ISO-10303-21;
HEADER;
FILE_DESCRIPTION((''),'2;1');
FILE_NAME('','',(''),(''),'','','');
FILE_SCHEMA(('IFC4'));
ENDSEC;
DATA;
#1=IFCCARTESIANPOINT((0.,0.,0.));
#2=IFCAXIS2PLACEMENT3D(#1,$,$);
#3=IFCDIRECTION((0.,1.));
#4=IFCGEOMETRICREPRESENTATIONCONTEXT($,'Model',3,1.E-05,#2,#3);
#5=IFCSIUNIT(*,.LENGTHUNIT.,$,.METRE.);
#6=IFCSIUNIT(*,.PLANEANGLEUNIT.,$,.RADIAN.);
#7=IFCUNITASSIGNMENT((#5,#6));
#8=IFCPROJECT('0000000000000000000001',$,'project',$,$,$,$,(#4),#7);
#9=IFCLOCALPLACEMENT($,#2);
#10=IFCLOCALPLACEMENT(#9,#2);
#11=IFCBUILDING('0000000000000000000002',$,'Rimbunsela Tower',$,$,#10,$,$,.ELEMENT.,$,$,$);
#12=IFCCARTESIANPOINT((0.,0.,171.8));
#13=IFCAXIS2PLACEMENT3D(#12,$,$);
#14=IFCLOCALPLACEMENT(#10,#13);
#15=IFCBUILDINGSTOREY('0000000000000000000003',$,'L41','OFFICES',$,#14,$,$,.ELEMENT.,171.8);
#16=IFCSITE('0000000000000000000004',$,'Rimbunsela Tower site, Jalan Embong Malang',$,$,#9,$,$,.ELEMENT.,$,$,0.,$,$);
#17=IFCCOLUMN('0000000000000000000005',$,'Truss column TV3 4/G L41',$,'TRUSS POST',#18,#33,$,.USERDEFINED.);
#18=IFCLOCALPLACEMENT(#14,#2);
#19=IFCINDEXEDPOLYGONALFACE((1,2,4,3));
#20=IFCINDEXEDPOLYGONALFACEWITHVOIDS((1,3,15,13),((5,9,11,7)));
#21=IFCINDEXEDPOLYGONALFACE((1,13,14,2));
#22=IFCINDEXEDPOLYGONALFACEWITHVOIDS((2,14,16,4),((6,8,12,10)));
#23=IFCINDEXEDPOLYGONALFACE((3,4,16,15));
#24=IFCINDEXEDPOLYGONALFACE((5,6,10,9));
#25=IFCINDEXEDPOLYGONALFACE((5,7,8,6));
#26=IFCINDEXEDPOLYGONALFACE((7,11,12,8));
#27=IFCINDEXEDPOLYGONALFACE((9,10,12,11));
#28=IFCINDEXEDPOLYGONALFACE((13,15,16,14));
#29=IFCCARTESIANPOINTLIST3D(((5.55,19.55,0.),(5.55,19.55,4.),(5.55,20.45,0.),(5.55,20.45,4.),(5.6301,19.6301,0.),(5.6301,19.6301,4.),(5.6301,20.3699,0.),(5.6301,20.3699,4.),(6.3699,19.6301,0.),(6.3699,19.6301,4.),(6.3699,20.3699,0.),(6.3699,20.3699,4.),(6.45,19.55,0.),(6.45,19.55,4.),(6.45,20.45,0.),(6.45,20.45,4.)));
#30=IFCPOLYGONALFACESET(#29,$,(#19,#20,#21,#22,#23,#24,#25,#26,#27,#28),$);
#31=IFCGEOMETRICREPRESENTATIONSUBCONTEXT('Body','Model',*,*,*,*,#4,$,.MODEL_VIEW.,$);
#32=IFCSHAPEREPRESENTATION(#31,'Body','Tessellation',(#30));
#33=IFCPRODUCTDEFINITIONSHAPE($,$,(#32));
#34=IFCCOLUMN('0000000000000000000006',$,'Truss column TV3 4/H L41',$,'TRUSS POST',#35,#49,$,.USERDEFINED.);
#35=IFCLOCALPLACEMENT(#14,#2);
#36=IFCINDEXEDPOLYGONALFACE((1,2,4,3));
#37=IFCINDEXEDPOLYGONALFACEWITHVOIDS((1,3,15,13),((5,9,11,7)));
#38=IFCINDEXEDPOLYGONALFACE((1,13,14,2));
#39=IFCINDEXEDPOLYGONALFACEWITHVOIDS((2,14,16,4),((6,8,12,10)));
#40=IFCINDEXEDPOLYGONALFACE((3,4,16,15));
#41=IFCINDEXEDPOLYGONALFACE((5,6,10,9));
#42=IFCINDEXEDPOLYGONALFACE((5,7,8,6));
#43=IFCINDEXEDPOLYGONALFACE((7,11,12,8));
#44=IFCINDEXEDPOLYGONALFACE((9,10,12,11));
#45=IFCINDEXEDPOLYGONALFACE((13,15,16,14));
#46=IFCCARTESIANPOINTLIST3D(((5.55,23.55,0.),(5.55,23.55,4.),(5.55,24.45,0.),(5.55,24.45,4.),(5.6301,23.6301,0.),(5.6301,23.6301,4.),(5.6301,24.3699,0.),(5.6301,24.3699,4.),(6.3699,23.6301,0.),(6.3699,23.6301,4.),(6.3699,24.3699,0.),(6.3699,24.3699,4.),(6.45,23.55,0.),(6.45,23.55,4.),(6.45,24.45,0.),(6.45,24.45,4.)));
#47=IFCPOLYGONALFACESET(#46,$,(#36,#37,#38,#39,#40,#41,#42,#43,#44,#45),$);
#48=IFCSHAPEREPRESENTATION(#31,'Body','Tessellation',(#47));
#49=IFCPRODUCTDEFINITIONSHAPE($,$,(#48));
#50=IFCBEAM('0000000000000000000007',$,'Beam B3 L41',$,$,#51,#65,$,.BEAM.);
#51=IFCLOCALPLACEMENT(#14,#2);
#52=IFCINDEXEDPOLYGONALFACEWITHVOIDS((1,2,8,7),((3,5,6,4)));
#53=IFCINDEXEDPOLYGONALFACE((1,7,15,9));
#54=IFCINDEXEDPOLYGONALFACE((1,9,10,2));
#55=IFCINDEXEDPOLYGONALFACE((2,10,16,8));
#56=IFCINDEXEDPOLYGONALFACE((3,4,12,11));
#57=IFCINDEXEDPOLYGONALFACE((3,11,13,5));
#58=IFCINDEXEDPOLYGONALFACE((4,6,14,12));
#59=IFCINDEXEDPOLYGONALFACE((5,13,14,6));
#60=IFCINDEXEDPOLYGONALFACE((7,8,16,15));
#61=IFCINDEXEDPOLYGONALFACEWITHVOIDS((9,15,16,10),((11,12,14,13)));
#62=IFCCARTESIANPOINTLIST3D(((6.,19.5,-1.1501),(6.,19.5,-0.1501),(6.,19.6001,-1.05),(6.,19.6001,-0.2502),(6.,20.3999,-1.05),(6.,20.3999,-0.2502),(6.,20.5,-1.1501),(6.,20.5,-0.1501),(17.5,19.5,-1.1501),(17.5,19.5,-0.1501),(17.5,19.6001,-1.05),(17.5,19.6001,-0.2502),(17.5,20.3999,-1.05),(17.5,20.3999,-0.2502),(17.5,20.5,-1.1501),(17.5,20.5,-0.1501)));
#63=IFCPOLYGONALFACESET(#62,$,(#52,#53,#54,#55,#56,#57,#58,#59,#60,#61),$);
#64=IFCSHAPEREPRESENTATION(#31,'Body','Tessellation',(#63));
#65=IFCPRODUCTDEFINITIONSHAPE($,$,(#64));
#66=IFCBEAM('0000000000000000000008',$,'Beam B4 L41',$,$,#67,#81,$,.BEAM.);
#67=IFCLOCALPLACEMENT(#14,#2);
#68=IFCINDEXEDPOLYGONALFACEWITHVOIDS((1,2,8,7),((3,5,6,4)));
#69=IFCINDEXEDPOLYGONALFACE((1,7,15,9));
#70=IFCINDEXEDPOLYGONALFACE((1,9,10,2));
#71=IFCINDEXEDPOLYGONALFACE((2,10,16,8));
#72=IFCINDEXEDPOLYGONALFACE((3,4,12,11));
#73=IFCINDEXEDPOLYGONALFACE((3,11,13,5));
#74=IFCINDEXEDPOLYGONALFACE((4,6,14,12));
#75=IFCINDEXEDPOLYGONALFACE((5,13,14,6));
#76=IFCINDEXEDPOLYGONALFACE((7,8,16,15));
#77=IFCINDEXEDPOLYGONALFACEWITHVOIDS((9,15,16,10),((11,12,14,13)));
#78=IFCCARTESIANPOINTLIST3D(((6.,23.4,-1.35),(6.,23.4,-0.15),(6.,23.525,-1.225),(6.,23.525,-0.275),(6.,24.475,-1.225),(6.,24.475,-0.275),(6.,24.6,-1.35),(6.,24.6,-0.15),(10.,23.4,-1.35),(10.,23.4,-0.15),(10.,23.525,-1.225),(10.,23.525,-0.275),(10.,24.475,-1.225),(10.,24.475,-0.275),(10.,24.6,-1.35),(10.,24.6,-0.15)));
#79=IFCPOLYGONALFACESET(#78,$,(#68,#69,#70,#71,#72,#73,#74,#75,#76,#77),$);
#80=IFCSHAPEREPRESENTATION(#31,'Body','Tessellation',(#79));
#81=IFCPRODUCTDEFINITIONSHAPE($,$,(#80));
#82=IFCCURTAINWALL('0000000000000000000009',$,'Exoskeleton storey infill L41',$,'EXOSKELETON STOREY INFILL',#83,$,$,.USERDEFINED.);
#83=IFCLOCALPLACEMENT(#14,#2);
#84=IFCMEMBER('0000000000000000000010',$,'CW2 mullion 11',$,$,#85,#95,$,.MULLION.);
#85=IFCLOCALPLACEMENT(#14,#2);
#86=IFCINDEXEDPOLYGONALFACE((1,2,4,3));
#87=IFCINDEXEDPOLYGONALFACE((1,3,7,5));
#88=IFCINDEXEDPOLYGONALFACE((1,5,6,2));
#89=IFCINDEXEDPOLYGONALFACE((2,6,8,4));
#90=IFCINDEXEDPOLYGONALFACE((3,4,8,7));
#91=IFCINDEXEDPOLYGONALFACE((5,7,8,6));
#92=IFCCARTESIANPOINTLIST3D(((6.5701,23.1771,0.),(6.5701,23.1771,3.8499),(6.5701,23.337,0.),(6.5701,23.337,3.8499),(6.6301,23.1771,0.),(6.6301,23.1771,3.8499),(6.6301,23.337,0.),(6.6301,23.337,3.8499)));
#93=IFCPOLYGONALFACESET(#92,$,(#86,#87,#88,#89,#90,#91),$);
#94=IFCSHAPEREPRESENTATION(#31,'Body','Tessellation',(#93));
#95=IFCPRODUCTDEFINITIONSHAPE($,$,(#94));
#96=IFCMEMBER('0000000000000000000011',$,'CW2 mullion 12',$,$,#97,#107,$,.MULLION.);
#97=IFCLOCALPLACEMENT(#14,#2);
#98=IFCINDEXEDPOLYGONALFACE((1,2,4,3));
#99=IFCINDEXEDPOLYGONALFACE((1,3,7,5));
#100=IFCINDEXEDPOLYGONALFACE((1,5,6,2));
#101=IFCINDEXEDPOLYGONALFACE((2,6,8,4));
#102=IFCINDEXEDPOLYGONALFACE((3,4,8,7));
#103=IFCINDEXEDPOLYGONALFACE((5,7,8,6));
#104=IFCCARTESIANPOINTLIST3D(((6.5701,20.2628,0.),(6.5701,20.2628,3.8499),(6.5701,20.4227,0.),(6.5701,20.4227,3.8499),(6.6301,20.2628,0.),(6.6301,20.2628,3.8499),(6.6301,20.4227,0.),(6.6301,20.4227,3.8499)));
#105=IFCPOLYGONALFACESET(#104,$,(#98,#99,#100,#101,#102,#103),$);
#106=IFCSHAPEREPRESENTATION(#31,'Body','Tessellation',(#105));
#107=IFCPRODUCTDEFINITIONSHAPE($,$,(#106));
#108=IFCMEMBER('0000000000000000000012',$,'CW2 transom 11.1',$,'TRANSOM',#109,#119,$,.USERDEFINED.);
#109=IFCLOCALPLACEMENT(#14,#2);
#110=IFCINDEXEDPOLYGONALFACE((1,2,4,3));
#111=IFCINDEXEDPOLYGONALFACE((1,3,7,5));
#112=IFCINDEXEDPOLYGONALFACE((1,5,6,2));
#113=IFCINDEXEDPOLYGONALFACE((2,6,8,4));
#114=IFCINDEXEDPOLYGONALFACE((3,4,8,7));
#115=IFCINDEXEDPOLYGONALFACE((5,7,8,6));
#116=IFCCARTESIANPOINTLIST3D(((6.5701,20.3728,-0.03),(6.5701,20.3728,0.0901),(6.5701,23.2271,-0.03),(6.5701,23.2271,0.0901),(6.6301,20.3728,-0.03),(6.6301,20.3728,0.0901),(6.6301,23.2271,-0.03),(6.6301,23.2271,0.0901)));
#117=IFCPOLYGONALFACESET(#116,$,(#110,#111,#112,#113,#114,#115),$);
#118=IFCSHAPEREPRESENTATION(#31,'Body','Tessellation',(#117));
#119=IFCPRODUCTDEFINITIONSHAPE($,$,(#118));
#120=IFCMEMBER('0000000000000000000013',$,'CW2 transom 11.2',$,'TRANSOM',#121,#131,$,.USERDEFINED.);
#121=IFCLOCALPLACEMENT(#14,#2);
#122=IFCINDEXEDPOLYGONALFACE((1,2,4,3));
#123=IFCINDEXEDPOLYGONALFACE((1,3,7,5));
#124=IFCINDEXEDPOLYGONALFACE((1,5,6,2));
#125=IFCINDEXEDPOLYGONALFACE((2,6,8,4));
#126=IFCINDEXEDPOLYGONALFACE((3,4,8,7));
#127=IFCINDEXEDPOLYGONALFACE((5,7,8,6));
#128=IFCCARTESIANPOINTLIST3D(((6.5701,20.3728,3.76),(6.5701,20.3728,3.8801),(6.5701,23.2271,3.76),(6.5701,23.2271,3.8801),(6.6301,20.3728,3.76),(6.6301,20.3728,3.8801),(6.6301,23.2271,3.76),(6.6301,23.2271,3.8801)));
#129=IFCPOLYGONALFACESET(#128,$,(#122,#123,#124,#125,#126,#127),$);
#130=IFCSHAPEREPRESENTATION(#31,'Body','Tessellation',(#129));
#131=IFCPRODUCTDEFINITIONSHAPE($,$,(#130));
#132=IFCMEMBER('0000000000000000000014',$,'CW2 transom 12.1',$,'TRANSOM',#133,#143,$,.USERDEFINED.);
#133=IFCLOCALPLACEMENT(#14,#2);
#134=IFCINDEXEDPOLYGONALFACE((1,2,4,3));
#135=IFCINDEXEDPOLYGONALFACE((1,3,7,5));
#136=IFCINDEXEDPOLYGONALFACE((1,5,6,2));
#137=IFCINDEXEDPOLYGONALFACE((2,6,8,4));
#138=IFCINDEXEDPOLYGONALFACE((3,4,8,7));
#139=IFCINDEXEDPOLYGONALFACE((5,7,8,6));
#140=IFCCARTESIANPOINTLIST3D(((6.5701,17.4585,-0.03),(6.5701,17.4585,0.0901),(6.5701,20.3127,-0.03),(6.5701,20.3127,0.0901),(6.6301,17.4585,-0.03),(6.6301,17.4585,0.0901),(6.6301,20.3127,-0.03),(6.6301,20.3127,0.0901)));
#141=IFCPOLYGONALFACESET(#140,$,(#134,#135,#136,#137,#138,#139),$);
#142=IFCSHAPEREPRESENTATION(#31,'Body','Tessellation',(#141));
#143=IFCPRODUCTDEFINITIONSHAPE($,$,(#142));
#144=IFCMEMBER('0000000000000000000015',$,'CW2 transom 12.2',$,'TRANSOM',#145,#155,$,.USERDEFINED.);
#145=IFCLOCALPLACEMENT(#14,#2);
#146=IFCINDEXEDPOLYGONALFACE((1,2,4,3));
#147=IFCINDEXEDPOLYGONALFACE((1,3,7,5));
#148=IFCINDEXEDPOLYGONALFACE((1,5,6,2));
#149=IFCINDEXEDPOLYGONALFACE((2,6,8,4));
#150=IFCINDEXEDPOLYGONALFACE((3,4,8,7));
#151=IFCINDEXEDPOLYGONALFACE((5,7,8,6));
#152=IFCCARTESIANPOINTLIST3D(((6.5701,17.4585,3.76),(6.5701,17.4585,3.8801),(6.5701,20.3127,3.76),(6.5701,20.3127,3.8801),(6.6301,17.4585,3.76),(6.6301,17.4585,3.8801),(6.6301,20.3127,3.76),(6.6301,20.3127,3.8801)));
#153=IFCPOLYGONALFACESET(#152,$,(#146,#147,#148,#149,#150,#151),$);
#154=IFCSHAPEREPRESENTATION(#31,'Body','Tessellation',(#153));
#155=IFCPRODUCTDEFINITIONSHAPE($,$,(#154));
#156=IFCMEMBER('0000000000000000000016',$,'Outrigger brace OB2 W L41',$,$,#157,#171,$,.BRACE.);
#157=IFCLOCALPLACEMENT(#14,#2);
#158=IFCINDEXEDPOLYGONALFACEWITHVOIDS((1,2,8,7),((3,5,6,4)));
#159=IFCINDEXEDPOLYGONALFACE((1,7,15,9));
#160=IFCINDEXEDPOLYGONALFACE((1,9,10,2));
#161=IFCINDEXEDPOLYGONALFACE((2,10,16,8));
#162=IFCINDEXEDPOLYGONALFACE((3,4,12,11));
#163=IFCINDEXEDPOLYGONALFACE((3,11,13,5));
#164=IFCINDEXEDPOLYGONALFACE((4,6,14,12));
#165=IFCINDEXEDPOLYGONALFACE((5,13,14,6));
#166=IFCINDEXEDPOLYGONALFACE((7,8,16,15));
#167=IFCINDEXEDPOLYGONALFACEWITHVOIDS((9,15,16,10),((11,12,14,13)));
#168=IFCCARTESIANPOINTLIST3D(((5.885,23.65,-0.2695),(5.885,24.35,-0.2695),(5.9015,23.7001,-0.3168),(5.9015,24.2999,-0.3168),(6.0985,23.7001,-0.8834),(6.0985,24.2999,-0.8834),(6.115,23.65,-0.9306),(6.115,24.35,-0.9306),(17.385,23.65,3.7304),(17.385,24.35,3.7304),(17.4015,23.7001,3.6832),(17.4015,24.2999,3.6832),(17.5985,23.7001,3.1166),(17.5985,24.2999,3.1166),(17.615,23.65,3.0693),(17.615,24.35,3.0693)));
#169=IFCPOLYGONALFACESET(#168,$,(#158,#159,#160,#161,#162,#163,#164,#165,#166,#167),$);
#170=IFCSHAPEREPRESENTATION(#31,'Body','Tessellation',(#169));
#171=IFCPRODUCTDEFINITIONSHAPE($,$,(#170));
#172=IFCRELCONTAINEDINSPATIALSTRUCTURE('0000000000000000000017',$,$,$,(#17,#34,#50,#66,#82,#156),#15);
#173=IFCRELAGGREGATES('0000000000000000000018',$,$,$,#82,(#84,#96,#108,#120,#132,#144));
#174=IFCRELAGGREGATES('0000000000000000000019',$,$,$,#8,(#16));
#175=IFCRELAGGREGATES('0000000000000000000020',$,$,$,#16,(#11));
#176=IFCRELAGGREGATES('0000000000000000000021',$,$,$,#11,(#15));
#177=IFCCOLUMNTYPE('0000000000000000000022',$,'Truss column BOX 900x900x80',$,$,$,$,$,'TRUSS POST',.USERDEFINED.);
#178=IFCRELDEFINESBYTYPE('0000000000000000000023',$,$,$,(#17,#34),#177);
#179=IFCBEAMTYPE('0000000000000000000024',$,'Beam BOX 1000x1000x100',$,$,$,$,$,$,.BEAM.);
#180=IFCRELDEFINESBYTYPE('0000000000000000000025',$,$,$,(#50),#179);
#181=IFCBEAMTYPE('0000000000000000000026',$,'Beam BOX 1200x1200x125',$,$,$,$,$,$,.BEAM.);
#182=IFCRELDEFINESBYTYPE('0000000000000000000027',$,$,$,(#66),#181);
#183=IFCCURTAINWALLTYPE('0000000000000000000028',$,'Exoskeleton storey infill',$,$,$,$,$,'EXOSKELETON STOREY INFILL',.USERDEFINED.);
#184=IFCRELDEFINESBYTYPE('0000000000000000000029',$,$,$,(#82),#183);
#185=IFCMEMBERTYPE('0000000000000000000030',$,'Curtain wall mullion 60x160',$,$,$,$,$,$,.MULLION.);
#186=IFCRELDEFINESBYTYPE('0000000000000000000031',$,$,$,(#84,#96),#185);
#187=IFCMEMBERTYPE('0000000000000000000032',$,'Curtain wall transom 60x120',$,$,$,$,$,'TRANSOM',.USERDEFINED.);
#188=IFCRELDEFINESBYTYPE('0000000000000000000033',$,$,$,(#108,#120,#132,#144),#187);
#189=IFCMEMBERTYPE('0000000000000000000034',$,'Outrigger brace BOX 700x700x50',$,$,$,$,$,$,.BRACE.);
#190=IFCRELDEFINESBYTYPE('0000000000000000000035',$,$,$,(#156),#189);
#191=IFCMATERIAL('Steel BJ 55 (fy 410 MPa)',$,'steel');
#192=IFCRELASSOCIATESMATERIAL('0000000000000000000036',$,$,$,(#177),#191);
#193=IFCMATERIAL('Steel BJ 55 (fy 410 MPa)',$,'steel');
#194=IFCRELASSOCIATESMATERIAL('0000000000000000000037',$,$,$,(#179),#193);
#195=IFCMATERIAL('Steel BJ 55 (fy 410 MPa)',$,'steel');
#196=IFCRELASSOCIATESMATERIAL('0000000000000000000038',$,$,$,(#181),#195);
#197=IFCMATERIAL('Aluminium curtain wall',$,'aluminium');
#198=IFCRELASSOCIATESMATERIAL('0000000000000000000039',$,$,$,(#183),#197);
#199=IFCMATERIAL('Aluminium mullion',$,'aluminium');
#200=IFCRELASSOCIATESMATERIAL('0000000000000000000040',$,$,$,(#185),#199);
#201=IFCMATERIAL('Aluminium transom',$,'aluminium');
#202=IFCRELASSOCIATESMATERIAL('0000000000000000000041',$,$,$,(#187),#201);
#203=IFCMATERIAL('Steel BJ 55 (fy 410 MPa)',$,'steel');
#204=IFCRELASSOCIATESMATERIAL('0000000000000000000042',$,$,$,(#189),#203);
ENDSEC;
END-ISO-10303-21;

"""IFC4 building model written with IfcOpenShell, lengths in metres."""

from ifc_helpers import new_model, si_unit, direction, frame, origin, origin_2d, place, context, subcontext, project, spatial, rectangle, hollow_rectangle, extrude, material, material_profile, profile_set, type_object, element, aggregate, save


model = new_model("IFC4")

# Units and contexts
model_context = context("Model", 3, precision=1e-05, world=origin(), true_north=direction((0.0, 1.0)))
body_context = subcontext(model_context, "Body", "Model", "MODEL_VIEW")
ifc_project = project(units=[si_unit("LENGTHUNIT", "METRE"), si_unit("PLANEANGLEUNIT", "RADIAN")], contexts=[model_context])

# Site, building, storey
site_placement = place(None, origin())
site = spatial("IfcSite", under=ifc_project, at=site_placement, Name="Rimbunsela Tower site, Jalan Embong Malang", CompositionType="ELEMENT", RefElevation=0.0)
building_placement = place(site_placement, origin())
building = spatial("IfcBuilding", under=site, at=building_placement, Name="Rimbunsela Tower", CompositionType="ELEMENT")
storey_placement = place(building_placement, frame((0.0, 0.0, 171.8)))
storey = spatial("IfcBuildingStorey", under=building, at=storey_placement, Name="L41", Description="OFFICES", CompositionType="ELEMENT", Elevation=171.8)

# Columns
ifc_material_1 = material(Name="Steel BJ 55 (fy 410 MPa)", Category="steel")
ifc_material_profile_1 = material_profile(ifc_material_1, hollow_rectangle(XDim=0.8999, YDim=0.8999, WallThickness=0.0801, at=origin_2d()), Name="BOX 900x900x80")
ifc_profile_set_1 = profile_set([ifc_material_profile_1], Name="Steel BJ 55 (fy 410 MPa)")
column_type = type_object("IfcColumnType", Name="Truss column BOX 900x900x80", ElementType="TRUSS POST", PredefinedType="USERDEFINED", material=ifc_profile_set_1)
for number, where, z_axis, x_axis, name in (
    (1, (6.0, 20.0, 0.0), (0.0, 0.0, 1.0), (1.0, 0.0, 0.0), "Truss column TV3 4/G L41"),
    (2, (6.0, 24.0, 0.0), (0.0, 0.0, 1.0), (1.0, 0.0, 0.0), "Truss column TV3 4/H L41"),
):
    element("IfcColumn", number, at=place(storey_placement, frame(where, z_axis=z_axis, x_axis=x_axis)), inside=storey, type_object=column_type, Name=name, ObjectType="TRUSS POST", PredefinedType="USERDEFINED", context=body_context, shape_type="SweptSolid", body=[
        extrude(hollow_rectangle(XDim=0.8999, YDim=0.8999, WallThickness=0.0801, at=origin_2d()), origin(), (0.0, 0.0, 1.0), 4.0),
    ])

# Beams
ifc_material_2 = material(Name="Steel BJ 55 (fy 410 MPa)", Category="steel")
ifc_material_profile_2 = material_profile(ifc_material_2, hollow_rectangle(XDim=1.0, YDim=1.0, WallThickness=0.1001, at=origin_2d()), Name="BOX 1000x1000x100")
ifc_profile_set_2 = profile_set([ifc_material_profile_2], Name="Steel BJ 55 (fy 410 MPa)")
beam_type_1 = type_object("IfcBeamType", Name="Beam BOX 1000x1000x100", PredefinedType="BEAM", material=ifc_profile_set_2)
beam_1_placement = place(storey_placement, frame((6.0, 20.0, -0.6501), z_axis=(1.0, 0.0, 0.0), x_axis=(0.0, 1.0, 0.0)))
element("IfcBeam", 3, at=beam_1_placement, inside=storey, type_object=beam_type_1, Name="Beam B3 L41", PredefinedType="BEAM", context=body_context, shape_type="SweptSolid", body=[
    extrude(hollow_rectangle(XDim=1.0, YDim=1.0, WallThickness=0.1001, at=origin_2d()), origin(), (0.0, 0.0, 1.0), 11.5),
])
ifc_material_3 = material(Name="Steel BJ 55 (fy 410 MPa)", Category="steel")
ifc_material_profile_3 = material_profile(ifc_material_3, hollow_rectangle(XDim=1.2, YDim=1.2, WallThickness=0.125, at=origin_2d()), Name="BOX 1200x1200x125")
ifc_profile_set_3 = profile_set([ifc_material_profile_3], Name="Steel BJ 55 (fy 410 MPa)")
beam_type_2 = type_object("IfcBeamType", Name="Beam BOX 1200x1200x125", PredefinedType="BEAM", material=ifc_profile_set_3)
beam_2_placement = place(storey_placement, frame((6.0, 24.0, -0.75), z_axis=(1.0, 0.0, 0.0), x_axis=(0.0, 1.0, 0.0)))
element("IfcBeam", 4, at=beam_2_placement, inside=storey, type_object=beam_type_2, Name="Beam B4 L41", PredefinedType="BEAM", context=body_context, shape_type="SweptSolid", body=[
    extrude(hollow_rectangle(XDim=1.2, YDim=1.2, WallThickness=0.125, at=origin_2d()), origin(), (0.0, 0.0, 1.0), 4.0),
])

# Curtain wall, members
ifc_material_4 = material(Name="Aluminium curtain wall", Category="aluminium")
curtain_wall_type = type_object("IfcCurtainWallType", Name="Exoskeleton storey infill", ElementType="EXOSKELETON STOREY INFILL", PredefinedType="USERDEFINED", material=ifc_material_4)
curtain_wall_placement = place(storey_placement, origin())
curtain_wall = element("IfcCurtainWall", 5, at=curtain_wall_placement, inside=storey, type_object=curtain_wall_type, Name="Exoskeleton storey infill L41", ObjectType="EXOSKELETON STOREY INFILL", PredefinedType="USERDEFINED")
ifc_material_5 = material(Name="Aluminium mullion", Category="aluminium")
ifc_material_profile_4 = material_profile(ifc_material_5, rectangle(XDim=0.0601, YDim=0.1599, at=origin_2d()), Name="Mullion 60x160")
ifc_profile_set_4 = profile_set([ifc_material_profile_4], Name="Aluminium mullion")
member_type_1 = type_object("IfcMemberType", Name="Curtain wall mullion 60x160", PredefinedType="MULLION", material=ifc_profile_set_4)
member_1_placement = place(storey_placement, frame((6.6001, 23.2571, 0.0), z_axis=(0.0, 0.0, 1.0), x_axis=(1.0, 0.0, 0.0)))
member_1 = element("IfcMember", 6, at=member_1_placement, type_object=member_type_1, Name="CW2 mullion 11", PredefinedType="MULLION", context=body_context, shape_type="SweptSolid", body=[
    extrude(rectangle(XDim=0.0601, YDim=0.1599, at=origin_2d()), origin(), (0.0, 0.0, 1.0), 3.8499),
])
member_2_placement = place(storey_placement, frame((6.6001, 20.3428, 0.0), z_axis=(0.0, 0.0, 1.0), x_axis=(1.0, 0.0, 0.0)))
member_2 = element("IfcMember", 7, at=member_2_placement, type_object=member_type_1, Name="CW2 mullion 12", PredefinedType="MULLION", context=body_context, shape_type="SweptSolid", body=[
    extrude(rectangle(XDim=0.0601, YDim=0.1599, at=origin_2d()), origin(), (0.0, 0.0, 1.0), 3.8499),
])
ifc_material_6 = material(Name="Aluminium transom", Category="aluminium")
ifc_material_profile_5 = material_profile(ifc_material_6, rectangle(XDim=0.0601, YDim=0.1201, at=origin_2d()), Name="Transom 60x120")
ifc_profile_set_5 = profile_set([ifc_material_profile_5], Name="Aluminium transom")
member_type_2 = type_object("IfcMemberType", Name="Curtain wall transom 60x120", ElementType="TRANSOM", PredefinedType="USERDEFINED", material=ifc_profile_set_5)
member_3_placement = place(storey_placement, frame((6.6001, 23.2271, 0.03), z_axis=(0.0, -1.0, 0.0), x_axis=(1.0, 0.0, 0.0)))
member_3 = element("IfcMember", 8, at=member_3_placement, type_object=member_type_2, Name="CW2 transom 11.1", ObjectType="TRANSOM", PredefinedType="USERDEFINED", context=body_context, shape_type="SweptSolid", body=[
    extrude(rectangle(XDim=0.0601, YDim=0.1201, at=origin_2d()), origin(), (0.0, 0.0, 1.0), 2.8542),
])
member_4_placement = place(storey_placement, frame((6.6001, 23.2271, 3.8201), z_axis=(0.0, -1.0, 0.0), x_axis=(1.0, 0.0, 0.0)))
member_4 = element("IfcMember", 9, at=member_4_placement, type_object=member_type_2, Name="CW2 transom 11.2", ObjectType="TRANSOM", PredefinedType="USERDEFINED", context=body_context, shape_type="SweptSolid", body=[
    extrude(rectangle(XDim=0.0601, YDim=0.1201, at=origin_2d()), origin(), (0.0, 0.0, 1.0), 2.8542),
])
member_5_placement = place(storey_placement, frame((6.6001, 20.3127, 0.03), z_axis=(0.0, -1.0, 0.0), x_axis=(1.0, 0.0, 0.0)))
member_5 = element("IfcMember", 10, at=member_5_placement, type_object=member_type_2, Name="CW2 transom 12.1", ObjectType="TRANSOM", PredefinedType="USERDEFINED", context=body_context, shape_type="SweptSolid", body=[
    extrude(rectangle(XDim=0.0601, YDim=0.1201, at=origin_2d()), origin(), (0.0, 0.0, 1.0), 2.8542),
])
member_6_placement = place(storey_placement, frame((6.6001, 20.3127, 3.8201), z_axis=(0.0, -1.0, 0.0), x_axis=(1.0, 0.0, 0.0)))
member_6 = element("IfcMember", 11, at=member_6_placement, type_object=member_type_2, Name="CW2 transom 12.2", ObjectType="TRANSOM", PredefinedType="USERDEFINED", context=body_context, shape_type="SweptSolid", body=[
    extrude(rectangle(XDim=0.0601, YDim=0.1201, at=origin_2d()), origin(), (0.0, 0.0, 1.0), 2.8542),
])

# Member
ifc_material_7 = material(Name="Steel BJ 55 (fy 410 MPa)", Category="steel")
ifc_material_profile_6 = material_profile(ifc_material_7, hollow_rectangle(XDim=0.7, YDim=0.7, WallThickness=0.05, at=origin_2d()), Name="BOX 700x700x50")
ifc_profile_set_6 = profile_set([ifc_material_profile_6], Name="Steel BJ 55 (fy 410 MPa)")
member_type_3 = type_object("IfcMemberType", Name="Outrigger brace BOX 700x700x50", PredefinedType="BRACE", material=ifc_profile_set_6)
member_7_placement = place(storey_placement, frame((6.0, 24.0, -0.6001), z_axis=(0.944497, 0.0, 0.328521), x_axis=(0.0, 1.0, 0.0)))
element("IfcMember", 12, at=member_7_placement, inside=storey, type_object=member_type_3, Name="Outrigger brace OB2 W L41", PredefinedType="BRACE", context=body_context, shape_type="SweptSolid", body=[
    extrude(hollow_rectangle(XDim=0.7, YDim=0.7, WallThickness=0.05, at=origin_2d()), origin(), (0.0, 0.0, 1.0), 12.1758),
])

aggregate(curtain_wall, [member_1, member_2, member_3, member_4, member_5, member_6])

save(model, "model.ifc")
